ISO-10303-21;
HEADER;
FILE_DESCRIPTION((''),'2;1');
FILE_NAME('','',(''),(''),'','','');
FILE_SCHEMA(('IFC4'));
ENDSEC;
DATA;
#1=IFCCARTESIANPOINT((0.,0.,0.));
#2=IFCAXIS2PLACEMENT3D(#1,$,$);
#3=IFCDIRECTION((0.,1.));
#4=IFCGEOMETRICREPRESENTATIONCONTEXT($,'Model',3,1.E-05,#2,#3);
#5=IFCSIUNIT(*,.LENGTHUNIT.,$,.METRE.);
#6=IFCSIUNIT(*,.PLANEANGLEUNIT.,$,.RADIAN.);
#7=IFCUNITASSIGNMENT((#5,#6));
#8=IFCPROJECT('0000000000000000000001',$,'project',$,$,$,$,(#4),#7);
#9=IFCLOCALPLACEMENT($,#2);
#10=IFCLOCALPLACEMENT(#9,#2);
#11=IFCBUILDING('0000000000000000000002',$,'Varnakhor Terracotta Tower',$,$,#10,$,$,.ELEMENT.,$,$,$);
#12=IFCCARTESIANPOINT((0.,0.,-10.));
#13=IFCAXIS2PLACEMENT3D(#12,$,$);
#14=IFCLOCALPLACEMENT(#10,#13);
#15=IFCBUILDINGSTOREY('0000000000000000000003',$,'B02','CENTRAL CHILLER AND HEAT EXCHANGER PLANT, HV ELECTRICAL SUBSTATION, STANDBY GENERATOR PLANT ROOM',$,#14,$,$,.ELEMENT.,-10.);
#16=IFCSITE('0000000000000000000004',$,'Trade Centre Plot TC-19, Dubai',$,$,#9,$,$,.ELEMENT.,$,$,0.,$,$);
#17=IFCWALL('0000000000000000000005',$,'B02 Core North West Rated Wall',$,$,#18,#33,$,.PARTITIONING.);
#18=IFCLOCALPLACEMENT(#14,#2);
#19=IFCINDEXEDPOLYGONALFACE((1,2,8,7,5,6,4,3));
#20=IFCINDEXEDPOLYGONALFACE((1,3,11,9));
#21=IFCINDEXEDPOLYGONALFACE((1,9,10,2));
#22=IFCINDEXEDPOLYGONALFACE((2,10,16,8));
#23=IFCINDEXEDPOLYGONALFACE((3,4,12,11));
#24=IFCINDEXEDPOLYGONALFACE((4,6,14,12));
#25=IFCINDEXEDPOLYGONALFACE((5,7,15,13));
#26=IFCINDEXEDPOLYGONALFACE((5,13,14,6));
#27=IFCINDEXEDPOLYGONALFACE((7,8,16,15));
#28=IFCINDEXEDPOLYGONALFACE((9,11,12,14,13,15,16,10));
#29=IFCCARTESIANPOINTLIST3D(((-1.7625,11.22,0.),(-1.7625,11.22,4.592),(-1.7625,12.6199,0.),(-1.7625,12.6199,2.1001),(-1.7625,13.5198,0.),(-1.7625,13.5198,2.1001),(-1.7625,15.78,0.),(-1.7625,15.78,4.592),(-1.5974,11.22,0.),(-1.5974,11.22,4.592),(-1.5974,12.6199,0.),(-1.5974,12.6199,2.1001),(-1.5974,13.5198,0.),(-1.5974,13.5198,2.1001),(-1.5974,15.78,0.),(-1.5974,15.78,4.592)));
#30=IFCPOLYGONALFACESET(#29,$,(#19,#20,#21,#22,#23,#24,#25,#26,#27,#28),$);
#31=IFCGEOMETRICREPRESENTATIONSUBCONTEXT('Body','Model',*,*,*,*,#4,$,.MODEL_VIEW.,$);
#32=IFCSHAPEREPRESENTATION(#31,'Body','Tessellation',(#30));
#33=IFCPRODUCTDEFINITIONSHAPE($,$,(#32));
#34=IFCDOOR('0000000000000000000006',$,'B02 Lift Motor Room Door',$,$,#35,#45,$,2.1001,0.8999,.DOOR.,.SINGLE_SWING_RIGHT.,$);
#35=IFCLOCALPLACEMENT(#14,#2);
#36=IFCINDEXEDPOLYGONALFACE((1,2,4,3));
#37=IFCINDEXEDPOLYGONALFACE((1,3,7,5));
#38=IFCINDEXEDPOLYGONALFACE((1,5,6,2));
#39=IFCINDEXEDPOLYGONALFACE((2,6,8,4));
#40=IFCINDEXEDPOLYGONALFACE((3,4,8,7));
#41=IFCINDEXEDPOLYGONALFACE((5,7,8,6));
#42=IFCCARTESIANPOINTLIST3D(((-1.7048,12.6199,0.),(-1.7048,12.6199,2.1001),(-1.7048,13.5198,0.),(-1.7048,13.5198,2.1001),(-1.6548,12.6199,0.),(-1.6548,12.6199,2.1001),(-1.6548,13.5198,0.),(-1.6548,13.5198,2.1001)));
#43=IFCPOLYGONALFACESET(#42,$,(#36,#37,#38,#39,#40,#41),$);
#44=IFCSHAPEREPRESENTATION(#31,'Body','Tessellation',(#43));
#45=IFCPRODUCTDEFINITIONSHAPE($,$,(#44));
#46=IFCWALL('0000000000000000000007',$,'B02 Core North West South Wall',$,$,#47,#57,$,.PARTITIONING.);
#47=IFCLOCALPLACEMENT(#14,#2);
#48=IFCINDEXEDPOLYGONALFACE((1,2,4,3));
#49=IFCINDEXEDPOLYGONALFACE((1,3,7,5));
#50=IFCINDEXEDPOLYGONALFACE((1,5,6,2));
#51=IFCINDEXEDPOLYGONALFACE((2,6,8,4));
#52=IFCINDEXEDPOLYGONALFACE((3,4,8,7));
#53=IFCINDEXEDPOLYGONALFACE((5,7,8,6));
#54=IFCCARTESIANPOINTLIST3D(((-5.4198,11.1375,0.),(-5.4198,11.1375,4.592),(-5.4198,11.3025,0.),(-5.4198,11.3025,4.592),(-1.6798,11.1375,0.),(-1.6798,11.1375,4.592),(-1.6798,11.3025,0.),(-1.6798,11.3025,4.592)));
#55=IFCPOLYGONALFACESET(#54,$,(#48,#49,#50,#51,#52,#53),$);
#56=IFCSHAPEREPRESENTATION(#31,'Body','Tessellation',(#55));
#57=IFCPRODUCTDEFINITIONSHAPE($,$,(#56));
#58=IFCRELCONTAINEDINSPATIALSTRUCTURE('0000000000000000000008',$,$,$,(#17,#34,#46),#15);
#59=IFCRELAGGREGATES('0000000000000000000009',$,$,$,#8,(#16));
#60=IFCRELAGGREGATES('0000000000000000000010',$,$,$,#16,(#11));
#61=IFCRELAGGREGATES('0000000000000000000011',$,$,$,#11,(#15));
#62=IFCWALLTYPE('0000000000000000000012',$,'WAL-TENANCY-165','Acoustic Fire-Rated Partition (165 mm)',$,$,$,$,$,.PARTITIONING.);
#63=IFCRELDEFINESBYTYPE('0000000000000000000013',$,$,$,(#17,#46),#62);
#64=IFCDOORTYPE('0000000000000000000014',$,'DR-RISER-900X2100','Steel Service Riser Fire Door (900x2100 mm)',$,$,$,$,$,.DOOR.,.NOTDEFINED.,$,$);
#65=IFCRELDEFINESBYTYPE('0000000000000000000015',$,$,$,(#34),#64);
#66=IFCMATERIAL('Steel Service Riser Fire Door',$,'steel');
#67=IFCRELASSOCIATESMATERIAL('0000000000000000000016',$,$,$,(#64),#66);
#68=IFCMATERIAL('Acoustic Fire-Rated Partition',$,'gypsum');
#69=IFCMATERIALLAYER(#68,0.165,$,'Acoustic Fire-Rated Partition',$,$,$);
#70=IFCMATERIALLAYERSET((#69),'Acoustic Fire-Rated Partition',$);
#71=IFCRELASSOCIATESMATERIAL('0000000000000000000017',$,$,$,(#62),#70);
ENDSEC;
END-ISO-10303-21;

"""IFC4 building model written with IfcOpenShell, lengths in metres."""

from ifc_helpers import new_model, si_unit, direction, frame, frame_2d, origin, place, context, subcontext, project, spatial, rectangle, extrude, source, transform, mapped, material, layer, layer_set, type_object, type_shapes, element, fill, save


model = new_model("IFC4")

# Units and contexts
model_context = context("Model", 3, precision=1e-05, world=origin(), true_north=direction((0.0, 1.0)))
body_context = subcontext(model_context, "Body", "Model", "MODEL_VIEW")
ifc_project = project(units=[si_unit("LENGTHUNIT", "METRE"), si_unit("PLANEANGLEUNIT", "RADIAN")], contexts=[model_context])

# Site, building, storey
site_placement = place(None, origin())
site = spatial("IfcSite", under=ifc_project, at=site_placement, Name="Trade Centre Plot TC-19, Dubai", CompositionType="ELEMENT", RefElevation=0.0)
building_placement = place(site_placement, origin())
building = spatial("IfcBuilding", under=site, at=building_placement, Name="Varnakhor Terracotta Tower", CompositionType="ELEMENT")
storey_placement = place(building_placement, frame((0.0, 0.0, -10.0)))
storey = spatial("IfcBuildingStorey", under=building, at=storey_placement, Name="B02", Description="CENTRAL CHILLER AND HEAT EXCHANGER PLANT, HV ELECTRICAL SUBSTATION, STANDBY GENERATOR PLANT ROOM", CompositionType="ELEMENT", Elevation=-10.0)

# Shared definitions
ifc_material_1 = material(Name="Acoustic Fire-Rated Partition", Category="gypsum")

# Shared definitions
ifc_material_2 = material(Name="Steel Service Riser Fire Door", Category="steel")
door_type_1 = type_object("IfcDoorType", Name="DR-RISER-900X2100", Description="Steel Service Riser Fire Door (900x2100 mm)", OperationType="NOTDEFINED", PredefinedType="DOOR", material=ifc_material_2)
shared_shape_1 = source(origin(), body_context, "Body", "SweptSolid", [
    extrude(rectangle(XDim=0.8999, YDim=2.1001, at=frame_2d((0.45, 1.05))), frame((0.0, 0.0249, 0.0), z_axis=(0.0, -1.0, 0.0), x_axis=(1.0, 0.0, 0.0)), (0.0, 0.0, 1.0), 0.05),
])
type_shapes(door_type_1, [shared_shape_1])
ifc_layer_1 = layer(ifc_material_1, 0.165, Name="Acoustic Fire-Rated Partition")
ifc_layer_set_1 = layer_set([ifc_layer_1], Name="Acoustic Fire-Rated Partition")
wall_type_1 = type_object("IfcWallType", Name="WAL-TENANCY-165", Description="Acoustic Fire-Rated Partition (165 mm)", PredefinedType="PARTITIONING", material=ifc_layer_set_1)

# Wall, opening, door
wall_1_placement = place(storey_placement, frame((-1.6799, 11.22, 0.0), z_axis=(0.0, 0.0, 1.0), x_axis=(0.0, 1.0, 0.0)))
wall_1 = element("IfcWall", 1, at=wall_1_placement, inside=storey, type_object=wall_type_1, Name="B02 Core North West Rated Wall", PredefinedType="PARTITIONING", context=body_context, shape_type="SweptSolid", body=[
    extrude(rectangle(XDim=4.5601, YDim=0.165, at=frame_2d((2.28, 0.0))), origin(), (0.0, 0.0, 1.0), 4.592),
])
opening_1_placement = place(wall_1_placement, frame((1.3999, 0.0, 0.0)))
opening_1 = element("IfcOpeningElement", 2, at=opening_1_placement, cuts=wall_1, PredefinedType="OPENING", context=body_context, shape_type="SweptSolid", body=[
    extrude(rectangle(XDim=0.8999, YDim=2.1001, at=frame_2d((0.45, 1.05))), frame((0.0, 0.0925, 0.0), z_axis=(0.0, -1.0, 0.0), x_axis=(1.0, 0.0, 0.0)), (0.0, 0.0, 1.0), 0.1851),
])
door_1_placement = place(opening_1_placement, origin())
door_1 = element("IfcDoor", 3, at=door_1_placement, inside=storey, type_object=door_type_1, Name="B02 Lift Motor Room Door", OperationType="SINGLE_SWING_RIGHT", OverallHeight=2.1001, OverallWidth=0.8999, PredefinedType="DOOR", context=body_context, shape_type="MappedRepresentation", body=[
    mapped(shared_shape_1, transform((0.0, 0.0, 0.0), scale=1.0)),
])
fill(opening_1, door_1)

# Wall
wall_2_placement = place(storey_placement, frame((-5.4199, 11.22, 0.0), z_axis=(0.0, 0.0, 1.0), x_axis=(1.0, 0.0, 0.0)))
element("IfcWall", 4, at=wall_2_placement, inside=storey, type_object=wall_type_1, Name="B02 Core North West South Wall", PredefinedType="PARTITIONING", context=body_context, shape_type="SweptSolid", body=[
    extrude(rectangle(XDim=3.74, YDim=0.165, at=frame_2d((1.8701, 0.0))), origin(), (0.0, 0.0, 1.0), 4.592),
])

save(model, "model.ifc")
